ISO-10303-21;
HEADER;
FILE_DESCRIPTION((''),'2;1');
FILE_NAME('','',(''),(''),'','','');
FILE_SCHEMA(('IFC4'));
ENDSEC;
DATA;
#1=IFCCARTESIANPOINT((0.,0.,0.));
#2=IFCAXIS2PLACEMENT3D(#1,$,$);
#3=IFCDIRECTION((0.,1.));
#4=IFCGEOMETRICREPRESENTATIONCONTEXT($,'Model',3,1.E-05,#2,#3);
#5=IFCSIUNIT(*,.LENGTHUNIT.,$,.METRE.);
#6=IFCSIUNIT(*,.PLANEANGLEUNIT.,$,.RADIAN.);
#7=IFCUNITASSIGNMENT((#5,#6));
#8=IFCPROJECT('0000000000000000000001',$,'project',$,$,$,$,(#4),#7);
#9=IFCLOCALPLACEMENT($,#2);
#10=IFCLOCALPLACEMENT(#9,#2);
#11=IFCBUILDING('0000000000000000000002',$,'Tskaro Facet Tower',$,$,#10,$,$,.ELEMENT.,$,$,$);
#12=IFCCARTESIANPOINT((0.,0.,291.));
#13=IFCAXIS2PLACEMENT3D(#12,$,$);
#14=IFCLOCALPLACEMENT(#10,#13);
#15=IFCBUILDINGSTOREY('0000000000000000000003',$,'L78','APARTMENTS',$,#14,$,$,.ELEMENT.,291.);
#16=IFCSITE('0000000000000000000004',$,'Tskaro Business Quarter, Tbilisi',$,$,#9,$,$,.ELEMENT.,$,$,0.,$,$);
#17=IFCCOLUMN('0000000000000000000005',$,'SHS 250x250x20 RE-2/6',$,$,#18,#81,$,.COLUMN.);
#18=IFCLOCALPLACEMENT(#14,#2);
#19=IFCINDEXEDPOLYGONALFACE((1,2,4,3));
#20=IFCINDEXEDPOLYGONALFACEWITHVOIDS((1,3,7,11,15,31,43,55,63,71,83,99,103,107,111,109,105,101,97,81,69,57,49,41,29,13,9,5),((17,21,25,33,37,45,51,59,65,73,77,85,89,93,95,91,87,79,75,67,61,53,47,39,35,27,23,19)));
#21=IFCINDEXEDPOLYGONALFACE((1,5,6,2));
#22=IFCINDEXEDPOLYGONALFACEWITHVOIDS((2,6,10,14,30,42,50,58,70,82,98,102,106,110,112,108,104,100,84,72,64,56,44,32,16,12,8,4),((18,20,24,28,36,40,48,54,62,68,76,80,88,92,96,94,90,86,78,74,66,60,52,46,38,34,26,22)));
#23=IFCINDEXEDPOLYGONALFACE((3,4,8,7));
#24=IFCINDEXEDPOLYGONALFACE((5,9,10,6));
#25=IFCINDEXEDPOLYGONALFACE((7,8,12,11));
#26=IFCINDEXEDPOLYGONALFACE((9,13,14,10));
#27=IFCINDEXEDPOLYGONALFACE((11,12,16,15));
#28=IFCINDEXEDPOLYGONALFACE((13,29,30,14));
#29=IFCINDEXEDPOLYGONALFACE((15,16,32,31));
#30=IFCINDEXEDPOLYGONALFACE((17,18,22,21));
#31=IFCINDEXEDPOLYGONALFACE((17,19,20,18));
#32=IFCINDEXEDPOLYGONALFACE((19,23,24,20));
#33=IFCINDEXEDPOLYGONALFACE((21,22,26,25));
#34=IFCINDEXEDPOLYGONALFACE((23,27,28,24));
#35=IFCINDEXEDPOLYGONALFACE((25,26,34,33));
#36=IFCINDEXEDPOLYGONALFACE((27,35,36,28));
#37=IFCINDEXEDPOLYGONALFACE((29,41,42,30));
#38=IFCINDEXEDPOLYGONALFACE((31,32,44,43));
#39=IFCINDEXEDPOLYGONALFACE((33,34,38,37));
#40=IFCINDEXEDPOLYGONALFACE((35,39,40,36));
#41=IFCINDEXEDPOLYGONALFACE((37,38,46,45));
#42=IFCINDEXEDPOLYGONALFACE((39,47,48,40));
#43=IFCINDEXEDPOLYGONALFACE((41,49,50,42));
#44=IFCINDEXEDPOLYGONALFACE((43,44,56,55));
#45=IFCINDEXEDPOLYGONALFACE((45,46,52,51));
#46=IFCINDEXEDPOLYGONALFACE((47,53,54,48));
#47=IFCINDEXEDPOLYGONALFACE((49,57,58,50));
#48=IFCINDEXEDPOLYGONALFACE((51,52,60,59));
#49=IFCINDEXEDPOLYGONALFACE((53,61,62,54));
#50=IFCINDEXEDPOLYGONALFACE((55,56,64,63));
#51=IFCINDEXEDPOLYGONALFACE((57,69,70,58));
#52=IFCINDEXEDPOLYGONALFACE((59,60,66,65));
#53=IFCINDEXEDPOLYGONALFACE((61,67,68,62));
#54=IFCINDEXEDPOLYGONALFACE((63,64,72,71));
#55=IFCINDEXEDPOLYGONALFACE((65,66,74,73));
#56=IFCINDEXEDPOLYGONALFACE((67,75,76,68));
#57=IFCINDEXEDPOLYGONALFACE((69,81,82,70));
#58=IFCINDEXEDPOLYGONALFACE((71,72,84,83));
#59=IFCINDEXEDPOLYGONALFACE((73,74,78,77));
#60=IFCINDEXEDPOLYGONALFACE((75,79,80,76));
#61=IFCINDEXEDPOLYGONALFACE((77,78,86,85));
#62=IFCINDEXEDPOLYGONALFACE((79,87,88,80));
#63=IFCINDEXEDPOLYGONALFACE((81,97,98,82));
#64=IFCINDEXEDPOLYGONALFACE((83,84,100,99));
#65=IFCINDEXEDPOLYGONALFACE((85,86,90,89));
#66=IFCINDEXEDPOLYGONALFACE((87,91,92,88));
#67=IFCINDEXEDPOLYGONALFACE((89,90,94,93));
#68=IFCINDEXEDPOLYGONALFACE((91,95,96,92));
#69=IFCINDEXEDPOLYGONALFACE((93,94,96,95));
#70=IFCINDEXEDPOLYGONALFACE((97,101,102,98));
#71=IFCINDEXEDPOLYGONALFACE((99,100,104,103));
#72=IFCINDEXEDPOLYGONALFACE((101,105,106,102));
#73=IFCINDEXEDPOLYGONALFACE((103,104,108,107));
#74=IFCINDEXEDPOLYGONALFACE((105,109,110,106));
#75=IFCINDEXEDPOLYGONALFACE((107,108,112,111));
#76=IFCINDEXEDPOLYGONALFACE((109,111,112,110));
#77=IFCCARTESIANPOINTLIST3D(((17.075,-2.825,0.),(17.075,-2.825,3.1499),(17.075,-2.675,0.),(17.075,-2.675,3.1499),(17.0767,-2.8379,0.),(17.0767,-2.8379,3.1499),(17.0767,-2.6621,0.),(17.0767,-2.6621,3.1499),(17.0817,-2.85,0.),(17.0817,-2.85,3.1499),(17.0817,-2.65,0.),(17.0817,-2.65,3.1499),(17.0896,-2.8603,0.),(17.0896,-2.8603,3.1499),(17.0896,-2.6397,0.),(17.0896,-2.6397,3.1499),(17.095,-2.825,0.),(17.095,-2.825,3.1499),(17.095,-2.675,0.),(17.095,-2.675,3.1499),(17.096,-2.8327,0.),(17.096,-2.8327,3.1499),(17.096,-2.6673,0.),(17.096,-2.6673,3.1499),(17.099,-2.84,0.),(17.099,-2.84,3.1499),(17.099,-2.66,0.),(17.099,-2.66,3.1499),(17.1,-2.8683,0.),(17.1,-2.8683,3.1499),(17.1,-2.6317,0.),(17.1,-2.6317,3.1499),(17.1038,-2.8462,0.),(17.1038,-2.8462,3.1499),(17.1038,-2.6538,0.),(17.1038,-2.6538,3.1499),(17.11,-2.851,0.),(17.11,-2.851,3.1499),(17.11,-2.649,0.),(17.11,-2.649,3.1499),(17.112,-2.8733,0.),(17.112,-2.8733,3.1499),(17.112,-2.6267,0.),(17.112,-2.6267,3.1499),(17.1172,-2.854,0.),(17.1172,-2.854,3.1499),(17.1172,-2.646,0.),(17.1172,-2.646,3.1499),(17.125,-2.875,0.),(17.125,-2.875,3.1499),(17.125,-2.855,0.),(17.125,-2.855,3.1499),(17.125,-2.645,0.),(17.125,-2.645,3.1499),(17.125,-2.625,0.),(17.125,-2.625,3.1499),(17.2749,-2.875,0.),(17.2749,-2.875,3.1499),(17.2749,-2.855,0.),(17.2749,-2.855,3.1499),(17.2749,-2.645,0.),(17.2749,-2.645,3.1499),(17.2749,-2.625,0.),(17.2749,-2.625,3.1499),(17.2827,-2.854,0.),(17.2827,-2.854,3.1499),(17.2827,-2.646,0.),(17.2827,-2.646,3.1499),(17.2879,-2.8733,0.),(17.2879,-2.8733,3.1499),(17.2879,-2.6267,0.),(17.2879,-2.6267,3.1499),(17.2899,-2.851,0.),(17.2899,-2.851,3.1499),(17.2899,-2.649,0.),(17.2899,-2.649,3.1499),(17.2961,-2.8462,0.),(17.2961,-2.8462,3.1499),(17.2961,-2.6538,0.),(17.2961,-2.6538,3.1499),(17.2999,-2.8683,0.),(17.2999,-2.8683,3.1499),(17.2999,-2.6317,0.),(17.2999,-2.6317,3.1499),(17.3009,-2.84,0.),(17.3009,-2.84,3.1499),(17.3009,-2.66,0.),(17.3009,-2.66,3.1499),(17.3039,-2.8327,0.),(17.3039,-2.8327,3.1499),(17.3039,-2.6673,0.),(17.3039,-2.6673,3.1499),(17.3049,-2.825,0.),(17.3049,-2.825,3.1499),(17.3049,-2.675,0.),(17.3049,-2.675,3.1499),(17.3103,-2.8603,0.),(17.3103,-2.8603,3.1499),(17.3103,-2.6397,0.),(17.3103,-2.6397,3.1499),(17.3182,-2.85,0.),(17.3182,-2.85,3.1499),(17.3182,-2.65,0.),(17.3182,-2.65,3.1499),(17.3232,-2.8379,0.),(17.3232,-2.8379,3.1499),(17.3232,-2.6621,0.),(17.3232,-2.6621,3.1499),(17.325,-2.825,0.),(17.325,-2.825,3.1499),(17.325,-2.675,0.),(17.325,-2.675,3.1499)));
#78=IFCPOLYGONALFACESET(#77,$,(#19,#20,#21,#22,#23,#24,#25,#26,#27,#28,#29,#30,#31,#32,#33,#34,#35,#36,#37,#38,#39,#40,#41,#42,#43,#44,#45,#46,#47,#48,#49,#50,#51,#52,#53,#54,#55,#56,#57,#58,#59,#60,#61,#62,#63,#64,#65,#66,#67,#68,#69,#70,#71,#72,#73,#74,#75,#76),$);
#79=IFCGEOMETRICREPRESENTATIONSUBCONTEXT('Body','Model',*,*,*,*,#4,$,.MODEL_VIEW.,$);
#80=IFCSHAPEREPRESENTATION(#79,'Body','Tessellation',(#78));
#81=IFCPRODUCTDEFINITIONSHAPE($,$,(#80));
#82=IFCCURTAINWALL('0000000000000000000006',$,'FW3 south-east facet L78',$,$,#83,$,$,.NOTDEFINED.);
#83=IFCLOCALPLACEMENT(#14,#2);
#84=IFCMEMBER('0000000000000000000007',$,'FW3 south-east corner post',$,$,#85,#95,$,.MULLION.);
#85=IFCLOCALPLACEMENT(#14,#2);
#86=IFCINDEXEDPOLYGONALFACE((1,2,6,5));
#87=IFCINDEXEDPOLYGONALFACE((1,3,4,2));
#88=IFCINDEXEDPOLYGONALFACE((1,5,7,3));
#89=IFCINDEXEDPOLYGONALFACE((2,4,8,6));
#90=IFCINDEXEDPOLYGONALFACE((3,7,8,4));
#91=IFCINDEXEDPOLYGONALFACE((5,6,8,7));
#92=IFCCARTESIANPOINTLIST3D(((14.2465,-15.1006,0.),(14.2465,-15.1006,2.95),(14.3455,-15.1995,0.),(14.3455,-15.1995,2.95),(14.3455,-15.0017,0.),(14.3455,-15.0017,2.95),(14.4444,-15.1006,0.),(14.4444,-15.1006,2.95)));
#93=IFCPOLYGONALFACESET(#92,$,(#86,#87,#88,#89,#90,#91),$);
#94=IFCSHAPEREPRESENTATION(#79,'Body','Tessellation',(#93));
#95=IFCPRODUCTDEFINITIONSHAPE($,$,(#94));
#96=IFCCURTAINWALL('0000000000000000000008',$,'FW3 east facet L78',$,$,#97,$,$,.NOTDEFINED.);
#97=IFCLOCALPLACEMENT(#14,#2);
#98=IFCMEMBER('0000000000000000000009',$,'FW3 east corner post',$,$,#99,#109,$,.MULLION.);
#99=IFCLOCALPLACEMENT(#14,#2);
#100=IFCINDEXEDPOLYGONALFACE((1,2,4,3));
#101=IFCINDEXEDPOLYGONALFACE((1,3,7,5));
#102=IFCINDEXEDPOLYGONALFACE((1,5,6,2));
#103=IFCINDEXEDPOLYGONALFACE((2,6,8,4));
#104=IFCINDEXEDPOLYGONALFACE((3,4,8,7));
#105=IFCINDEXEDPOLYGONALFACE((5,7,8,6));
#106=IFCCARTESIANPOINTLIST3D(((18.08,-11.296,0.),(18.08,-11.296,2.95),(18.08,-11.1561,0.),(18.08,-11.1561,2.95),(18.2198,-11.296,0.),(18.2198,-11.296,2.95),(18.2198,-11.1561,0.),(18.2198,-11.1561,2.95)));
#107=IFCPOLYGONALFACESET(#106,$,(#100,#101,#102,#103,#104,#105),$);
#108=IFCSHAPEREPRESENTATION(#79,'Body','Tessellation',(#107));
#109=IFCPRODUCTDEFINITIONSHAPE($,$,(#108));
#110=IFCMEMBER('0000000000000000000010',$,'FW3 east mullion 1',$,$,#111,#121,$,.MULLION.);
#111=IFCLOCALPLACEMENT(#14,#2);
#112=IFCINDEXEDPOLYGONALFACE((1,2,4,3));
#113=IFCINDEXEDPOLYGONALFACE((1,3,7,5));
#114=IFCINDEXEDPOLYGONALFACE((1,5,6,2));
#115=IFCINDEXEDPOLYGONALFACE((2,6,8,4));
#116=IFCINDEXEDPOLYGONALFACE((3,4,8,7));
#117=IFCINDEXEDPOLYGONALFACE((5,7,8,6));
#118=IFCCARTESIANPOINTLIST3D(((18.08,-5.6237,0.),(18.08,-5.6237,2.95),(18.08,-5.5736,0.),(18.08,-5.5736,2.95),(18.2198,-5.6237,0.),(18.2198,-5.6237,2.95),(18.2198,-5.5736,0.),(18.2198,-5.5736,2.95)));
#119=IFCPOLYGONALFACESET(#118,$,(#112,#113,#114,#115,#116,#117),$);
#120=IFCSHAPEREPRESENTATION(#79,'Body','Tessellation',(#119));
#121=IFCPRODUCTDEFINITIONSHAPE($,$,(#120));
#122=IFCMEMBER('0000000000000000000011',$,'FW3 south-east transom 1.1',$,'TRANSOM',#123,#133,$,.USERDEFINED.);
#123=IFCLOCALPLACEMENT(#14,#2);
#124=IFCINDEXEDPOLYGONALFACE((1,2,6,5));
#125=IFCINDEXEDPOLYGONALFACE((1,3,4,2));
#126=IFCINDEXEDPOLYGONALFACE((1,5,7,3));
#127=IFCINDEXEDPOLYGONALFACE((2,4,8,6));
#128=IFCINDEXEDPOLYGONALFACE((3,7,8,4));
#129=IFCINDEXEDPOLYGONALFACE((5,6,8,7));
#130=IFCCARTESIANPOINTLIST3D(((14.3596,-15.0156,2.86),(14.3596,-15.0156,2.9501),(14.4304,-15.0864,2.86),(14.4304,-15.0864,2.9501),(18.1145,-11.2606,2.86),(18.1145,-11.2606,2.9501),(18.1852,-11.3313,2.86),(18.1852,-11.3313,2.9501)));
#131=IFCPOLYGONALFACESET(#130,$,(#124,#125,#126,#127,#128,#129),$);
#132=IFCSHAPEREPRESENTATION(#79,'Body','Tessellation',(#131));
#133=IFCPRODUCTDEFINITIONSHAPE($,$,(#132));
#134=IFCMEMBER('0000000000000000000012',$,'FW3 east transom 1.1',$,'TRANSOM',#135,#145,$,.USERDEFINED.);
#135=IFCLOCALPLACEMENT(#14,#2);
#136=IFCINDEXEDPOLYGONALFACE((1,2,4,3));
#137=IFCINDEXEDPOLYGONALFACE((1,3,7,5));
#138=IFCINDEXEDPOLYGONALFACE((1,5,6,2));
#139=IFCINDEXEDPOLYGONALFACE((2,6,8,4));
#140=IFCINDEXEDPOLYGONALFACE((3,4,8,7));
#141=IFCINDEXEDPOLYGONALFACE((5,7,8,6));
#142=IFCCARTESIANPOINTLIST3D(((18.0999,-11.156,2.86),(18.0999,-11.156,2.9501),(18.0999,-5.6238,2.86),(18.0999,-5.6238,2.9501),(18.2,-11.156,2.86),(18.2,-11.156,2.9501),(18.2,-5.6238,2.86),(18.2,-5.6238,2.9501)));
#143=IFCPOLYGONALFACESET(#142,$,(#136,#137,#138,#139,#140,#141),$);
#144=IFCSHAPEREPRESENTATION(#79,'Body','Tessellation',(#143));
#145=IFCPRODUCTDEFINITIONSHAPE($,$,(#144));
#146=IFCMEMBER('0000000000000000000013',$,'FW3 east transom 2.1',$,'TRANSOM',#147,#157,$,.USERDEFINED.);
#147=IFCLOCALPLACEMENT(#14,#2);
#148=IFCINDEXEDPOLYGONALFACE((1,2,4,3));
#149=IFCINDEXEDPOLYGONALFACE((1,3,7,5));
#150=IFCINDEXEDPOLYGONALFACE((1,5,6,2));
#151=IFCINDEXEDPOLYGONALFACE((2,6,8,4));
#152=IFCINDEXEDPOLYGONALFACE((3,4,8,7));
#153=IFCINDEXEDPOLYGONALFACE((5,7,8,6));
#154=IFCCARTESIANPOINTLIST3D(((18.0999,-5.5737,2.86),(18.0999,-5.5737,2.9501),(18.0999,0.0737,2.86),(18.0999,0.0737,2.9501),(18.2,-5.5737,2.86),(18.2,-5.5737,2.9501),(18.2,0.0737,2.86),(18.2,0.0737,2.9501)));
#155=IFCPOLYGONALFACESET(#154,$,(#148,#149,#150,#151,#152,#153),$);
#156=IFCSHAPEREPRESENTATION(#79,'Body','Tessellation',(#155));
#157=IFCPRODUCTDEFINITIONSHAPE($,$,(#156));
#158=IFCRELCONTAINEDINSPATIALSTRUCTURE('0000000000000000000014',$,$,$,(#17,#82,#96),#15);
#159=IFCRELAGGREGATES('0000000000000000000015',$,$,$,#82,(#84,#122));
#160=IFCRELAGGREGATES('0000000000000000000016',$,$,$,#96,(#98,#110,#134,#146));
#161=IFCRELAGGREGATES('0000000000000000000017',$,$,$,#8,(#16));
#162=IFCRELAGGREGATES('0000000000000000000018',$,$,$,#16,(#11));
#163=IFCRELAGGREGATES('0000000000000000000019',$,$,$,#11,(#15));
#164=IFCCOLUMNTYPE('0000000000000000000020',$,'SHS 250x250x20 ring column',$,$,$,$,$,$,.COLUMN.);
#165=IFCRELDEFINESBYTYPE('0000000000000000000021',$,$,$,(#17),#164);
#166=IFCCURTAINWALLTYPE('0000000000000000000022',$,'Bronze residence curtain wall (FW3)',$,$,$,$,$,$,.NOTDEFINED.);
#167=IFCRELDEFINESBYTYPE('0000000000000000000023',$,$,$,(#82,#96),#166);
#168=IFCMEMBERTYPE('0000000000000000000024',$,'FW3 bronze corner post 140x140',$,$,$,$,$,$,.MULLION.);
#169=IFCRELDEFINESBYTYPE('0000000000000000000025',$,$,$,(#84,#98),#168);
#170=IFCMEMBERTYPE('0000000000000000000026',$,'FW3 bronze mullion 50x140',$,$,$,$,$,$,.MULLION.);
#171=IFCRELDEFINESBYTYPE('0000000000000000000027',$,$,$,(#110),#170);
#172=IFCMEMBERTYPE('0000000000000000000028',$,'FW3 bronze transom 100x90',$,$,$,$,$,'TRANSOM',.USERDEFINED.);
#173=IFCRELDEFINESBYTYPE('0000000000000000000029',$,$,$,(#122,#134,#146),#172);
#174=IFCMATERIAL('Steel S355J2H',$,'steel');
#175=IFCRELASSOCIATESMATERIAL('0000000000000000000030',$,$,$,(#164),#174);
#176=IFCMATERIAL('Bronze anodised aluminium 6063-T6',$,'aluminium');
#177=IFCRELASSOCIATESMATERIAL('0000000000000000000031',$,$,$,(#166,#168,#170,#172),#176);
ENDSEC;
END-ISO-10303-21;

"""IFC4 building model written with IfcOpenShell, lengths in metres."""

from ifc_helpers import new_model, si_unit, direction, frame, origin, origin_2d, place, context, subcontext, project, spatial, rectangle, hollow_rectangle, extrude, material, material_profile, profile_set, type_object, element, aggregate, save


model = new_model("IFC4")

# Units and contexts
model_context = context("Model", 3, precision=1e-05, world=origin(), true_north=direction((0.0, 1.0)))
body_context = subcontext(model_context, "Body", "Model", "MODEL_VIEW")
ifc_project = project(units=[si_unit("LENGTHUNIT", "METRE"), si_unit("PLANEANGLEUNIT", "RADIAN")], contexts=[model_context])

# Site, building, storey
site_placement = place(None, origin())
site = spatial("IfcSite", under=ifc_project, at=site_placement, Name="Tskaro Business Quarter, Tbilisi", CompositionType="ELEMENT", RefElevation=0.0)
building_placement = place(site_placement, origin())
building = spatial("IfcBuilding", under=site, at=building_placement, Name="Tskaro Facet Tower", CompositionType="ELEMENT")
storey_placement = place(building_placement, frame((0.0, 0.0, 291.0)))
storey = spatial("IfcBuildingStorey", under=building, at=storey_placement, Name="L78", Description="APARTMENTS", CompositionType="ELEMENT", Elevation=291.0)

# Column
ifc_material_1 = material(Name="Steel S355J2H", Category="steel")
ifc_material_profile_1 = material_profile(ifc_material_1, hollow_rectangle(XDim=0.25, YDim=0.25, WallThickness=0.02, InnerFilletRadius=0.03, OuterFilletRadius=0.05, at=origin_2d()), Name="SHS 250x250x20")
ifc_profile_set_1 = profile_set([ifc_material_profile_1], Name="Steel S355J2H")
column_type_1 = type_object("IfcColumnType", Name="SHS 250x250x20 ring column", PredefinedType="COLUMN", material=ifc_profile_set_1)
for number, where, z_axis, x_axis, name in (
    (1, (17.2, -2.75, 0.0), (0.0, 0.0, 1.0), (1.0, 0.0, 0.0), "SHS 250x250x20 RE-2/6"),
):
    element("IfcColumn", number, at=place(storey_placement, frame(where, z_axis=z_axis, x_axis=x_axis)), inside=storey, type_object=column_type_1, Name=name, PredefinedType="COLUMN", context=body_context, shape_type="SweptSolid", body=[
        extrude(hollow_rectangle(XDim=0.25, YDim=0.25, WallThickness=0.02, InnerFilletRadius=0.03, OuterFilletRadius=0.05, at=origin_2d()), origin(), (0.0, 0.0, 1.0), 3.1499),
    ])

# Curtain wall, member
ifc_material_2 = material(Name="Bronze anodised aluminium 6063-T6", Category="aluminium")
curtain_wall_type = type_object("IfcCurtainWallType", Name="Bronze residence curtain wall (FW3)", PredefinedType="NOTDEFINED", material=ifc_material_2)
curtain_wall_1_placement = place(storey_placement, origin())
curtain_wall_1 = element("IfcCurtainWall", 2, at=curtain_wall_1_placement, inside=storey, type_object=curtain_wall_type, Name="FW3 south-east facet L78", PredefinedType="NOTDEFINED")
ifc_material_profile_2 = material_profile(ifc_material_2, rectangle(XDim=0.1399, YDim=0.1399, at=origin_2d()), Name="Corner post 140x140")
ifc_profile_set_2 = profile_set([ifc_material_profile_2], Name="Bronze anodised aluminium 6063-T6")
member_type_1 = type_object("IfcMemberType", Name="FW3 bronze corner post 140x140", PredefinedType="MULLION", material=ifc_profile_set_2)
member_1_placement = place(storey_placement, frame((14.3455, -15.1006, 0.0), z_axis=(0.0, 0.0, 1.0), x_axis=(0.707107, 0.707107, 0.0)))
member_1 = element("IfcMember", 3, at=member_1_placement, type_object=member_type_1, Name="FW3 south-east corner post", PredefinedType="MULLION", context=body_context, shape_type="SweptSolid", body=[
    extrude(rectangle(XDim=0.1399, YDim=0.1399, at=origin_2d()), origin(), (0.0, 0.0, 1.0), 2.95),
])

# Curtain wall, members
curtain_wall_2_placement = place(storey_placement, origin())
curtain_wall_2 = element("IfcCurtainWall", 4, at=curtain_wall_2_placement, inside=storey, type_object=curtain_wall_type, Name="FW3 east facet L78", PredefinedType="NOTDEFINED")
member_2_placement = place(storey_placement, frame((18.1499, -11.2261, 0.0), z_axis=(0.0, 0.0, 1.0), x_axis=(0.0, 1.0, 0.0)))
member_2 = element("IfcMember", 5, at=member_2_placement, type_object=member_type_1, Name="FW3 east corner post", PredefinedType="MULLION", context=body_context, shape_type="SweptSolid", body=[
    extrude(rectangle(XDim=0.1399, YDim=0.1399, at=origin_2d()), origin(), (0.0, 0.0, 1.0), 2.95),
])
ifc_material_profile_3 = material_profile(ifc_material_2, rectangle(XDim=0.05, YDim=0.1399, at=origin_2d()), Name="Mullion 50x140")
ifc_profile_set_3 = profile_set([ifc_material_profile_3], Name="Bronze anodised aluminium 6063-T6")
member_type_2 = type_object("IfcMemberType", Name="FW3 bronze mullion 50x140", PredefinedType="MULLION", material=ifc_profile_set_3)
member_3_placement = place(storey_placement, frame((18.1499, -5.5986, 0.0), z_axis=(0.0, 0.0, 1.0), x_axis=(0.0, 1.0, 0.0)))
member_3 = element("IfcMember", 6, at=member_3_placement, type_object=member_type_2, Name="FW3 east mullion 1", PredefinedType="MULLION", context=body_context, shape_type="SweptSolid", body=[
    extrude(rectangle(XDim=0.05, YDim=0.1399, at=origin_2d()), origin(), (0.0, 0.0, 1.0), 2.95),
])

# Members
ifc_material_profile_4 = material_profile(ifc_material_2, rectangle(XDim=0.1001, YDim=0.0901, at=origin_2d()), Name="Transom 100x90")
ifc_profile_set_4 = profile_set([ifc_material_profile_4], Name="Bronze anodised aluminium 6063-T6")
member_type_3 = type_object("IfcMemberType", Name="FW3 bronze transom 100x90", ElementType="TRANSOM", PredefinedType="USERDEFINED", material=ifc_profile_set_4)
member_4_placement = place(storey_placement, frame((14.395, -15.051, 2.905), z_axis=(0.707084, 0.70713, 0.0), x_axis=(-0.70713, 0.707084, 0.0)))
member_4 = element("IfcMember", 7, at=member_4_placement, type_object=member_type_3, Name="FW3 south-east transom 1.1", ObjectType="TRANSOM", PredefinedType="USERDEFINED", context=body_context, shape_type="SweptSolid", body=[
    extrude(rectangle(XDim=0.1001, YDim=0.0901, at=origin_2d()), origin(), (0.0, 0.0, 1.0), 5.3103),
])
member_5_placement = place(storey_placement, frame((18.1499, -11.156, 2.905), z_axis=(0.0, 1.0, 0.0), x_axis=(-1.0, 0.0, 0.0)))
member_5 = element("IfcMember", 8, at=member_5_placement, type_object=member_type_3, Name="FW3 east transom 1.1", ObjectType="TRANSOM", PredefinedType="USERDEFINED", context=body_context, shape_type="SweptSolid", body=[
    extrude(rectangle(XDim=0.1001, YDim=0.0901, at=origin_2d()), origin(), (0.0, 0.0, 1.0), 5.5322),
])
member_6_placement = place(storey_placement, frame((18.1499, -5.5737, 2.905), z_axis=(0.0, 1.0, 0.0), x_axis=(-1.0, 0.0, 0.0)))
member_6 = element("IfcMember", 9, at=member_6_placement, type_object=member_type_3, Name="FW3 east transom 2.1", ObjectType="TRANSOM", PredefinedType="USERDEFINED", context=body_context, shape_type="SweptSolid", body=[
    extrude(rectangle(XDim=0.1001, YDim=0.0901, at=origin_2d()), origin(), (0.0, 0.0, 1.0), 5.6475),
])

aggregate(curtain_wall_1, [member_1, member_4])
aggregate(curtain_wall_2, [member_2, member_3, member_5, member_6])

save(model, "model.ifc")
